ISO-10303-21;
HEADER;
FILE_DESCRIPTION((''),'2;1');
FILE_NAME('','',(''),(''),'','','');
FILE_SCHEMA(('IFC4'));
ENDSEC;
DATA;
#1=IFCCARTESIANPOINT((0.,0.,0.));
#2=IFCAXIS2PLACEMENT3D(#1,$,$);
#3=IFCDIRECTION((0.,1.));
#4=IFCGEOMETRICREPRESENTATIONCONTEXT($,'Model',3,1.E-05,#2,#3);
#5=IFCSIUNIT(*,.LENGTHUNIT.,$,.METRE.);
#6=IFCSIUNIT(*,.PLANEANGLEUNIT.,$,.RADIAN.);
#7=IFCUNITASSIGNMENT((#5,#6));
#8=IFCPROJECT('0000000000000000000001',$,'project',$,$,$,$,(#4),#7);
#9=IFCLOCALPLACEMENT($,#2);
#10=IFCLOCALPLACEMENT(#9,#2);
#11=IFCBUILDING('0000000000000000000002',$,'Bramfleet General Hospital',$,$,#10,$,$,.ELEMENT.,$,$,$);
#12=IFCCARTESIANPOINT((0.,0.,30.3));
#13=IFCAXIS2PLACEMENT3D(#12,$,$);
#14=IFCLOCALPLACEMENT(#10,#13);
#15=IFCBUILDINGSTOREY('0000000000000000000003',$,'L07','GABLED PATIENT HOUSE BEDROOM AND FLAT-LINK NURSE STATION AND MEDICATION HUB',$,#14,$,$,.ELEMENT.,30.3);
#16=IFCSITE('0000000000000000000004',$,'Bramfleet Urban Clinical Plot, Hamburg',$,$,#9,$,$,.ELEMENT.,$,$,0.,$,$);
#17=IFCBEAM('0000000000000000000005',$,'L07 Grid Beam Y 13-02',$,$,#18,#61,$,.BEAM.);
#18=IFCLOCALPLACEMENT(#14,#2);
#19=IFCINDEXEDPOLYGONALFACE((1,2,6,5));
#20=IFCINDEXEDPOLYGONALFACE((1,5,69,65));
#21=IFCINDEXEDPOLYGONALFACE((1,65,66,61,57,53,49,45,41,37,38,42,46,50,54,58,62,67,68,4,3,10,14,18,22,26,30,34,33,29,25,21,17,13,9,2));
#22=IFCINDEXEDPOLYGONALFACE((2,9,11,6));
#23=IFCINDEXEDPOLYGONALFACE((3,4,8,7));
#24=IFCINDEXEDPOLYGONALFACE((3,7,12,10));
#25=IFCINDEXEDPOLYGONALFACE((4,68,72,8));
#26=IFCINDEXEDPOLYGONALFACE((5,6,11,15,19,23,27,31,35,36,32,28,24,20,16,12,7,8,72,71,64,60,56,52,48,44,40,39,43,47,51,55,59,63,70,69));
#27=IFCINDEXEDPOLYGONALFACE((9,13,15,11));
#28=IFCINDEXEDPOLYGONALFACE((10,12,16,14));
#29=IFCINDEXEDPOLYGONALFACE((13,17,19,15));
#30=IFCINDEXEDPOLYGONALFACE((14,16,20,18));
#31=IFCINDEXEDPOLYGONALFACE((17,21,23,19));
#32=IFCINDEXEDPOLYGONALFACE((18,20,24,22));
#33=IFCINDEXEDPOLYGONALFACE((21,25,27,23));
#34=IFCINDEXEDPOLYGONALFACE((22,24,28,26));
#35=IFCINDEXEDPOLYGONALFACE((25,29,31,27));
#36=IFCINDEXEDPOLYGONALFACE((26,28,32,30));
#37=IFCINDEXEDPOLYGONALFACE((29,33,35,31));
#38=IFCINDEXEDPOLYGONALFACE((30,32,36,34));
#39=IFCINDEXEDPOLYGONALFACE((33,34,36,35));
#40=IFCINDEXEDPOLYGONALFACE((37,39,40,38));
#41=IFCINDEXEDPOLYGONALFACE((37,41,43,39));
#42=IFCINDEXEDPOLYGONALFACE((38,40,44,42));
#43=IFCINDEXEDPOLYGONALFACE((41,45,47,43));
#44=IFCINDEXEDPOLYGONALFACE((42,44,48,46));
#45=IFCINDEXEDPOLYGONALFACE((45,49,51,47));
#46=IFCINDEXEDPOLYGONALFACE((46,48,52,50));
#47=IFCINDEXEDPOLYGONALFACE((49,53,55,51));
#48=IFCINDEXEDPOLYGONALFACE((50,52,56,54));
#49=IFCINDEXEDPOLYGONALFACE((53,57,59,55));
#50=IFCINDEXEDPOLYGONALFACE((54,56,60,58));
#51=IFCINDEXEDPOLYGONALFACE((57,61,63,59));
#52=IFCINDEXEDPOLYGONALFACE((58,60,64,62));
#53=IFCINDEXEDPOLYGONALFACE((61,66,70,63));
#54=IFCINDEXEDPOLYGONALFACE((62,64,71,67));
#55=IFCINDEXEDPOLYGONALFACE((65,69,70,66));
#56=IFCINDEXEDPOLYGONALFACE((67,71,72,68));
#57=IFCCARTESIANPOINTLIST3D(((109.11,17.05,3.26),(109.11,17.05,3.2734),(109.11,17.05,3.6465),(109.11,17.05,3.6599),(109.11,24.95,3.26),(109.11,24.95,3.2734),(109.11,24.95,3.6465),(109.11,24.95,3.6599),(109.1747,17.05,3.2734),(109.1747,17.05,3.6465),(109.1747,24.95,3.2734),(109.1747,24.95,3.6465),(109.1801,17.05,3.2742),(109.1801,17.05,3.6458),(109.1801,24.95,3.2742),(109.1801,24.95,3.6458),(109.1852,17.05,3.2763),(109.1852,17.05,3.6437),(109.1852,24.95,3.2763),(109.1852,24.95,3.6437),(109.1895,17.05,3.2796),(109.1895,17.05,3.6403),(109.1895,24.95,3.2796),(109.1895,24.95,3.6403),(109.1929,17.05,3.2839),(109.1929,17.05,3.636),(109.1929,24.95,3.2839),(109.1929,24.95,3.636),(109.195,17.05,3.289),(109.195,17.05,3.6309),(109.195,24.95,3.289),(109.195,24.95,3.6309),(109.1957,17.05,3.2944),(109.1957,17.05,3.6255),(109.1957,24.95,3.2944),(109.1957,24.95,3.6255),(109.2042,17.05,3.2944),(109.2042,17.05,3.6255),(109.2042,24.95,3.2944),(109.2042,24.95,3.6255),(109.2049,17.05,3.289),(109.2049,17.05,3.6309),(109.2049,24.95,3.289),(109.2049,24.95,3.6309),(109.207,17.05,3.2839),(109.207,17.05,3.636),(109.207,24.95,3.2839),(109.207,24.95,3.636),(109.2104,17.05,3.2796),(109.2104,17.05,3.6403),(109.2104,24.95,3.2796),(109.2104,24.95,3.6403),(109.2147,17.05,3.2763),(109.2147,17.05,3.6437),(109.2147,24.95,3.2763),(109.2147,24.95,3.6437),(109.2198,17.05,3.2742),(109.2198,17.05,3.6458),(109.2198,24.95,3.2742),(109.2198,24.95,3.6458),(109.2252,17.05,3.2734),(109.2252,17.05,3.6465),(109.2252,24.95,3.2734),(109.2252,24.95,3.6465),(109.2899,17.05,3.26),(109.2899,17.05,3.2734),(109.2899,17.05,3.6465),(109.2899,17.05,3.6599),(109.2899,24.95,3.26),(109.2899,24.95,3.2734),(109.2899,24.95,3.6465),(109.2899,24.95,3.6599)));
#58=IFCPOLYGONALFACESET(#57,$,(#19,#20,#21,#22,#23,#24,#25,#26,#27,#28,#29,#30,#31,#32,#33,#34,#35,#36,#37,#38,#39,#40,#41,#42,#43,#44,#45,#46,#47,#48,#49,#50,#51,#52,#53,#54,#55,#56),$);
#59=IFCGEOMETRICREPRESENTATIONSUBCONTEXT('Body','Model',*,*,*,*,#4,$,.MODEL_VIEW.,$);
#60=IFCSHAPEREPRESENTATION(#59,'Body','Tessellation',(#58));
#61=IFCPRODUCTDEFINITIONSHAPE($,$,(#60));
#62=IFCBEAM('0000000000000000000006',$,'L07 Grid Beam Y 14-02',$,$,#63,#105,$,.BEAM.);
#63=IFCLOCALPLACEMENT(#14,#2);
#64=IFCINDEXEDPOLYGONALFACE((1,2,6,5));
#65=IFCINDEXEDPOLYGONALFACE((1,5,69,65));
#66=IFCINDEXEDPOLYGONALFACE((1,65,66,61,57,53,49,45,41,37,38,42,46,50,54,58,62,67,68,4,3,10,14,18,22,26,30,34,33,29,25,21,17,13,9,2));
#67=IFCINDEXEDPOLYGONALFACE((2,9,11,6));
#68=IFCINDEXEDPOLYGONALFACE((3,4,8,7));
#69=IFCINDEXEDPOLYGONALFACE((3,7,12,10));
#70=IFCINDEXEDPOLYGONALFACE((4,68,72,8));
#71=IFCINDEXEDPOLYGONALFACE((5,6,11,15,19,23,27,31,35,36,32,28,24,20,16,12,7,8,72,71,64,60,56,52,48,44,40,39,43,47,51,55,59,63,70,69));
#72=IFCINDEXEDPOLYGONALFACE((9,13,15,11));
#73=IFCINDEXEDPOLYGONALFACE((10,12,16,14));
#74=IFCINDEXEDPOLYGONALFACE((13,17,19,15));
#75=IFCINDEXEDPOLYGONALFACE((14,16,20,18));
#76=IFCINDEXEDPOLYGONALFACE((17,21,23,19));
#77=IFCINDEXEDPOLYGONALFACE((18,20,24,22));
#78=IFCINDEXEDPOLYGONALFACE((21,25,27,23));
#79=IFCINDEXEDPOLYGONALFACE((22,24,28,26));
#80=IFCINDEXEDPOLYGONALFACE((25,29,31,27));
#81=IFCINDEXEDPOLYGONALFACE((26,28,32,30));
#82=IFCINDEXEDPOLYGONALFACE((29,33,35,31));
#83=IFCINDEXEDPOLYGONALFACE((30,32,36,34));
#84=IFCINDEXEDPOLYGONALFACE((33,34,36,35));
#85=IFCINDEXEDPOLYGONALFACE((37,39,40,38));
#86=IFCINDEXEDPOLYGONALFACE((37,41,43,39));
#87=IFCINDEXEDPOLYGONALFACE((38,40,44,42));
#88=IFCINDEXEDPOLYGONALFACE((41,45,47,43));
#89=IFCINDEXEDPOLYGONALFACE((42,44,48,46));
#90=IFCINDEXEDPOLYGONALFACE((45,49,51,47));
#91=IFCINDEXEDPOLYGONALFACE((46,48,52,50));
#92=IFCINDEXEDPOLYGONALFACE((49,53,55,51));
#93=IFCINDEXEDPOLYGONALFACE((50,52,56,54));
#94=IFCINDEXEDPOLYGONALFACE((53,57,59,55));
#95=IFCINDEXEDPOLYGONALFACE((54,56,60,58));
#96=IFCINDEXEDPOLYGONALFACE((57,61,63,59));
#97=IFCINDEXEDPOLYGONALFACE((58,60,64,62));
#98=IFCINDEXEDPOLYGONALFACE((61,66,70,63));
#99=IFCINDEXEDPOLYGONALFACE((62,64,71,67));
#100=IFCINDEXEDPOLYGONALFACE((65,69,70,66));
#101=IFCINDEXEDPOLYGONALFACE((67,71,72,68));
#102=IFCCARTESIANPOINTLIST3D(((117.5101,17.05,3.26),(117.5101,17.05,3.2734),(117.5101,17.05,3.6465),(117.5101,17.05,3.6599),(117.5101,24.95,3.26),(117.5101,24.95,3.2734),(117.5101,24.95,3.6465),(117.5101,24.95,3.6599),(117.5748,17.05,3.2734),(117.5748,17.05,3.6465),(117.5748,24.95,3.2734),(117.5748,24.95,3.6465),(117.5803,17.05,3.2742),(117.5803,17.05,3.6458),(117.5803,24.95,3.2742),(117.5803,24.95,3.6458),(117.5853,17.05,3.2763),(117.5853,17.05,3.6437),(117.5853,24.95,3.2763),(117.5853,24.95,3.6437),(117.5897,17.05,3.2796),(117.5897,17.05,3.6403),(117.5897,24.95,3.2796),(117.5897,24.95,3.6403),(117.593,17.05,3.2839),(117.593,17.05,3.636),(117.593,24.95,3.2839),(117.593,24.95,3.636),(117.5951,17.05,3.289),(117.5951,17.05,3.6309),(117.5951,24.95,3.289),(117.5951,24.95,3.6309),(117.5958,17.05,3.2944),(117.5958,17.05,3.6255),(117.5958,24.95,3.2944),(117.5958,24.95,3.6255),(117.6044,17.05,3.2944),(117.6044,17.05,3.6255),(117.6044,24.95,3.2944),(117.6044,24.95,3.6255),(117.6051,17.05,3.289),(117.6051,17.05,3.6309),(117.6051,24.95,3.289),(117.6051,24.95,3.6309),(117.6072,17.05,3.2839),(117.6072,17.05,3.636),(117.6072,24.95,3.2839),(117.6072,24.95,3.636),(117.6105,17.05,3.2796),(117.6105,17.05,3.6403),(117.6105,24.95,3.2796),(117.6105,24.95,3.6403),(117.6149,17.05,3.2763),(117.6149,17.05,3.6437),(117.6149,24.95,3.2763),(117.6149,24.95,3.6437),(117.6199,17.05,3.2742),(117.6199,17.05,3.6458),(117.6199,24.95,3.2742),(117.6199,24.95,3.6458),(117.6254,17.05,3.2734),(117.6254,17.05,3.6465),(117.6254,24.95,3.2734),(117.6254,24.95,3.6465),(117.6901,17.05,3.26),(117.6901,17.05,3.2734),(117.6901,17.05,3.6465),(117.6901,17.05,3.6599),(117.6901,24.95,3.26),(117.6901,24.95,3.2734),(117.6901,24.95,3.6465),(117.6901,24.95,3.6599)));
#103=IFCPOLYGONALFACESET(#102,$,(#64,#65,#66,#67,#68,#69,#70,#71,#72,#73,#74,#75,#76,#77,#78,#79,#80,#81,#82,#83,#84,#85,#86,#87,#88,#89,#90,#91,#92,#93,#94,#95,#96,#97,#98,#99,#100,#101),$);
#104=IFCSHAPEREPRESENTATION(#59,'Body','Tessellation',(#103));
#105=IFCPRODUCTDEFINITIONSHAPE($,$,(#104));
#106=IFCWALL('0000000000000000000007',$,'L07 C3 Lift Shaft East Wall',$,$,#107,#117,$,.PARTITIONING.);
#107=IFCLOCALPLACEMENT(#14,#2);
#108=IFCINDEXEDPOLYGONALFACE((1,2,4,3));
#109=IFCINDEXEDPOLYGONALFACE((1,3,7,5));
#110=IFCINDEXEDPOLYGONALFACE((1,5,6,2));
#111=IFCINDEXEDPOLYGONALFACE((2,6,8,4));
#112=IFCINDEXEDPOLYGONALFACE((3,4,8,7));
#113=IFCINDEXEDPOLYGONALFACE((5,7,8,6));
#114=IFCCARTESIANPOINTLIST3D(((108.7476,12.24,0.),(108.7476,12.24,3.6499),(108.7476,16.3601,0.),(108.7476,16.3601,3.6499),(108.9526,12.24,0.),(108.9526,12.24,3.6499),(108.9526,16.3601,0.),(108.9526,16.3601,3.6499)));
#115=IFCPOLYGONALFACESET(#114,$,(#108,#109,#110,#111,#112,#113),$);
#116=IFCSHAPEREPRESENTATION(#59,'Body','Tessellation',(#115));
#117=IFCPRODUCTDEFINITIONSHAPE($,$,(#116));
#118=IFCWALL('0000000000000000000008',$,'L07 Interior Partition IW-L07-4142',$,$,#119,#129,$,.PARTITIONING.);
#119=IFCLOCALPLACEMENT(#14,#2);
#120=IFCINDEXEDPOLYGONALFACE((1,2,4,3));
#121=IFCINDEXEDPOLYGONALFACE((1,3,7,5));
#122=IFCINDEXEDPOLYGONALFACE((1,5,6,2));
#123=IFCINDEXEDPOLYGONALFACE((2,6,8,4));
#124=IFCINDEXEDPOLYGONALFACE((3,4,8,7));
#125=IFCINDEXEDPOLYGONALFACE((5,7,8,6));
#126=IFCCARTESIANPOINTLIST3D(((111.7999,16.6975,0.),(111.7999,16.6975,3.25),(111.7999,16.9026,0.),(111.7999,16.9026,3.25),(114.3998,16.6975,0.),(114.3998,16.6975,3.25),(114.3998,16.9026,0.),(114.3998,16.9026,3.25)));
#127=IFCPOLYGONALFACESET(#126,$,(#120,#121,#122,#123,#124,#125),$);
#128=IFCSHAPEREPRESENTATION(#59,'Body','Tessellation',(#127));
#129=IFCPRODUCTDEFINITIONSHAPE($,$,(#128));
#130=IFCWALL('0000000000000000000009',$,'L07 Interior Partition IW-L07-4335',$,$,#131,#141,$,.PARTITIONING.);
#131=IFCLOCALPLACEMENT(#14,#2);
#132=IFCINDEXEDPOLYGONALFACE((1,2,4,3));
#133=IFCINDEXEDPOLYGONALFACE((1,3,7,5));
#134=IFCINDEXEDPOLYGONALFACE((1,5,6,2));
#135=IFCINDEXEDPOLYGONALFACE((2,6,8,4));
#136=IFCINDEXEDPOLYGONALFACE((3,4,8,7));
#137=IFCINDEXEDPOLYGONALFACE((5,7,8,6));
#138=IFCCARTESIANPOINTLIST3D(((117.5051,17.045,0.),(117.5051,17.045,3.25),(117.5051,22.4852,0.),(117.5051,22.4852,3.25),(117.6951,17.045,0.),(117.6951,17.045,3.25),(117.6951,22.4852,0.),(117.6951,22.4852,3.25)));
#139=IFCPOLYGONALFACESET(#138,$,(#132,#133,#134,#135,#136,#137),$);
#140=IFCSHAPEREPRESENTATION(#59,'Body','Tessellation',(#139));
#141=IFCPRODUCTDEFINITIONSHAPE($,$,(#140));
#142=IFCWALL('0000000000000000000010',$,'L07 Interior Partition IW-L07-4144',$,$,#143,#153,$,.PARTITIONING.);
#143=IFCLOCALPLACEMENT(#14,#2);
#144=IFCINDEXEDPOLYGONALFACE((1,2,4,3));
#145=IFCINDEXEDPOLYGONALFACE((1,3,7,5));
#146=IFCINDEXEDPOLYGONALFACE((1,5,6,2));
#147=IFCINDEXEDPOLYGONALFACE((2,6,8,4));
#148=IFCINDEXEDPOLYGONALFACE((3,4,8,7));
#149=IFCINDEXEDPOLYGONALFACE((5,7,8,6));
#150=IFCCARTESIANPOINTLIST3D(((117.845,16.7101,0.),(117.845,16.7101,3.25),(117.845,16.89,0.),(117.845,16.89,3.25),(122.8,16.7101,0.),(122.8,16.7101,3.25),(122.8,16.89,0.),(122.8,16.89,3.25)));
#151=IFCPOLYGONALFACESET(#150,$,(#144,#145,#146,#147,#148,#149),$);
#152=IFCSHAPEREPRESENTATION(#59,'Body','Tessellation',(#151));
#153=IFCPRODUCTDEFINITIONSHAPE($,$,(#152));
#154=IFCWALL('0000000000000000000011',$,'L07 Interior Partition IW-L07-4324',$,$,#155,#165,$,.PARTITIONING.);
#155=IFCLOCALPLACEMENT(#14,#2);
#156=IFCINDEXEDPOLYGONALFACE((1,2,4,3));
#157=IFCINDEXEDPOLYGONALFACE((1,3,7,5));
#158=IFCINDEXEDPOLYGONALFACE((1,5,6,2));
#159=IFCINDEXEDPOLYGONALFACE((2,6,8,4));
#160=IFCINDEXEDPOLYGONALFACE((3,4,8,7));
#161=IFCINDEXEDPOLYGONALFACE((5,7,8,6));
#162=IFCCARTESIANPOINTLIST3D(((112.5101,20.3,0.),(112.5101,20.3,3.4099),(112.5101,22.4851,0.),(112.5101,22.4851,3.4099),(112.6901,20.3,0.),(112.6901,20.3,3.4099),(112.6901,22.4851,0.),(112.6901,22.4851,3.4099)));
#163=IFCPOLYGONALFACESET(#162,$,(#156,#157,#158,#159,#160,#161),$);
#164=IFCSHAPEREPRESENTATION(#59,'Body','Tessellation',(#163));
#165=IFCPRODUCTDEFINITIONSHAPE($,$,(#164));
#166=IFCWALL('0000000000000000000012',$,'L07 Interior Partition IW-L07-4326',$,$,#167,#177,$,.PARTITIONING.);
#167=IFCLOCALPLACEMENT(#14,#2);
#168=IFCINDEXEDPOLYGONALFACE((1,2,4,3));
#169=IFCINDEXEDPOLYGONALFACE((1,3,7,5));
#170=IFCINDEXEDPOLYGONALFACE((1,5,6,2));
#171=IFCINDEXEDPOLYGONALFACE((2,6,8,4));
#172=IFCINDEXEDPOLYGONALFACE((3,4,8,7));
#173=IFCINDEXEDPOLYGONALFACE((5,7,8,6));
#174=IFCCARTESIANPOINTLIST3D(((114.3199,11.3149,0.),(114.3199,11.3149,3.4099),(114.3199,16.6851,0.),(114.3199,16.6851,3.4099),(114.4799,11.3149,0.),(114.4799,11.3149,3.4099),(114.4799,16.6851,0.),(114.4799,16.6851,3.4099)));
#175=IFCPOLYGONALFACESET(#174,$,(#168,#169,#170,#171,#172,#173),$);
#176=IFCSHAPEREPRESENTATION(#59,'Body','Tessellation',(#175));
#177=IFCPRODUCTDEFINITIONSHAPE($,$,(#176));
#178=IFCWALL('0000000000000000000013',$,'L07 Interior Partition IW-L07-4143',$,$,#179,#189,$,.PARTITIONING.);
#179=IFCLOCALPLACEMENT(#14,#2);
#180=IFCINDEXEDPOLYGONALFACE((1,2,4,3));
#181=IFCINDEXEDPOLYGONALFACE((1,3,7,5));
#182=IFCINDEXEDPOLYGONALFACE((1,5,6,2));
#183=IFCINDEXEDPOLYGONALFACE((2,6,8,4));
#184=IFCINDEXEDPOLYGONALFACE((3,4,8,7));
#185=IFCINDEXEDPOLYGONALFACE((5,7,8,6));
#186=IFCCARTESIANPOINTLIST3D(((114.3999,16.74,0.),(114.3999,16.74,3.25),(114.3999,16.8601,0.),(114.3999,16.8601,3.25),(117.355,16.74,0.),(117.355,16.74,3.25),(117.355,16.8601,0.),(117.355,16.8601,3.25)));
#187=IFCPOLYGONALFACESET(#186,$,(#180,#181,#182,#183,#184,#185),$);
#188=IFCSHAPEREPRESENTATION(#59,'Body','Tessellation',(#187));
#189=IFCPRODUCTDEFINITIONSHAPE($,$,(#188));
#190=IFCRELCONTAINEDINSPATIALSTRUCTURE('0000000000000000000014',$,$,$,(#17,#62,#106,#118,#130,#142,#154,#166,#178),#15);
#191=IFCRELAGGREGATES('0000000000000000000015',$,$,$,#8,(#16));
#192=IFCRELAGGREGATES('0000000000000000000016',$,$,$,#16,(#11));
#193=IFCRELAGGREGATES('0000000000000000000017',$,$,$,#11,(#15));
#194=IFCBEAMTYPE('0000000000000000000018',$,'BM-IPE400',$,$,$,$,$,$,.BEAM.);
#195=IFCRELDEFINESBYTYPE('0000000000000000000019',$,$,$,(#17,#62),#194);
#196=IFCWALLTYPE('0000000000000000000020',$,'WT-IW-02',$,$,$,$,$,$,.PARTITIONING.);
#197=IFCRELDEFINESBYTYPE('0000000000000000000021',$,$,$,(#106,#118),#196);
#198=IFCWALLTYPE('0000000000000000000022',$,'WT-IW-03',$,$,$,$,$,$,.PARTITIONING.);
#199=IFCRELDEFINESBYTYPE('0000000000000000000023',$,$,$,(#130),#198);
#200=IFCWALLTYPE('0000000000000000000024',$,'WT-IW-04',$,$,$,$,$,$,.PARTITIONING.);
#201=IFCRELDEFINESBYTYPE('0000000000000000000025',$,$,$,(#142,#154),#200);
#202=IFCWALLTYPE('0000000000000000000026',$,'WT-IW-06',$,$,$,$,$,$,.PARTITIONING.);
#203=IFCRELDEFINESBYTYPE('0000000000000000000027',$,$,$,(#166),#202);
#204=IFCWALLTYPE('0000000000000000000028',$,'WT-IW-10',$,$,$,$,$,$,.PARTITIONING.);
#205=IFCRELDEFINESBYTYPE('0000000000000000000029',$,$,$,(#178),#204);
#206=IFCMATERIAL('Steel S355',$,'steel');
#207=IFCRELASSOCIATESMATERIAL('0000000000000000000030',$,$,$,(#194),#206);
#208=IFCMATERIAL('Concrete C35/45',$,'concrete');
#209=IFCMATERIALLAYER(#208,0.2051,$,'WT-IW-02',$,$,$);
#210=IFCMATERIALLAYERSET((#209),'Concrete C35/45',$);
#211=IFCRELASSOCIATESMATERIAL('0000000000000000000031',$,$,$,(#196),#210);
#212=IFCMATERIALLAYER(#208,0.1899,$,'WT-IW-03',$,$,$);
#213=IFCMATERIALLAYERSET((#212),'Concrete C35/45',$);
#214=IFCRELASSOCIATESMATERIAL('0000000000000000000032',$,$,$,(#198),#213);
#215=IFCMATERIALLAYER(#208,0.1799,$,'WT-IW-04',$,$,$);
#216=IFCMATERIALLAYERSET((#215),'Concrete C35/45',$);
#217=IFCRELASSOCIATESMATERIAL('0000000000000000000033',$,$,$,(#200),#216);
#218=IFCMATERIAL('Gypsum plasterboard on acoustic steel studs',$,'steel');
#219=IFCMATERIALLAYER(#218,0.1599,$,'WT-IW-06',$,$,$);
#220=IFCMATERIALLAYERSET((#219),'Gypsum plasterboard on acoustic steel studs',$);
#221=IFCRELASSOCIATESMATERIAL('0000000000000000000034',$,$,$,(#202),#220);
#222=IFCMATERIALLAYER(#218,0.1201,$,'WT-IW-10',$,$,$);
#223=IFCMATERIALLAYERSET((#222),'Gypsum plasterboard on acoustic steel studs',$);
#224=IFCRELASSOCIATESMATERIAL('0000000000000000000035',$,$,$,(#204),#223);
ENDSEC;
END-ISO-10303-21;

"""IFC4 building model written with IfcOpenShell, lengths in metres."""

from ifc_helpers import new_model, si_unit, direction, frame, frame_2d, origin, origin_2d, place, context, subcontext, project, spatial, rectangle, i_section, extrude, material, layer, layer_set, material_profile, profile_set, type_object, element, save


model = new_model("IFC4")

# Units and contexts
model_context = context("Model", 3, precision=1e-05, world=origin(), true_north=direction((0.0, 1.0)))
body_context = subcontext(model_context, "Body", "Model", "MODEL_VIEW")
ifc_project = project(units=[si_unit("LENGTHUNIT", "METRE"), si_unit("PLANEANGLEUNIT", "RADIAN")], contexts=[model_context])

# Site, building, storey
site_placement = place(None, origin())
site = spatial("IfcSite", under=ifc_project, at=site_placement, Name="Bramfleet Urban Clinical Plot, Hamburg", CompositionType="ELEMENT", RefElevation=0.0)
building_placement = place(site_placement, origin())
building = spatial("IfcBuilding", under=site, at=building_placement, Name="Bramfleet General Hospital", CompositionType="ELEMENT")
storey_placement = place(building_placement, frame((0.0, 0.0, 30.3)))
storey = spatial("IfcBuildingStorey", under=building, at=storey_placement, Name="L07", Description="GABLED PATIENT HOUSE BEDROOM AND FLAT-LINK NURSE STATION AND MEDICATION HUB", CompositionType="ELEMENT", Elevation=30.3)

# Beams
ifc_material_1 = material(Name="Steel S355", Category="steel")
ifc_material_profile_1 = material_profile(ifc_material_1, i_section(OverallWidth=0.1799, OverallDepth=0.3999, WebThickness=0.0085, FlangeThickness=0.0134, FilletRadius=0.021, at=origin_2d()), Name="IPE 400")
ifc_profile_set_1 = profile_set([ifc_material_profile_1], Name="Steel S355")
beam_type_1 = type_object("IfcBeamType", Name="BM-IPE400", PredefinedType="BEAM", material=ifc_profile_set_1)
for number, where, z_axis, x_axis, name in (
    (1, (109.2, 17.05, 3.46), (0.0, 1.0, 0.0), (-1.0, 0.0, 0.0), "L07 Grid Beam Y 13-02"),
    (2, (117.6001, 17.05, 3.46), (0.0, 1.0, 0.0), (-1.0, 0.0, 0.0), "L07 Grid Beam Y 14-02"),
):
    element("IfcBeam", number, at=place(storey_placement, frame(where, z_axis=z_axis, x_axis=x_axis)), inside=storey, type_object=beam_type_1, Name=name, PredefinedType="BEAM", context=body_context, shape_type="SweptSolid", body=[
        extrude(i_section(OverallWidth=0.1799, OverallDepth=0.3999, WebThickness=0.0085, FlangeThickness=0.0134, FilletRadius=0.021, at=origin_2d()), origin(), (0.0, 0.0, 1.0), 7.8999),
    ])

# Walls
ifc_material_2 = material(Name="Concrete C35/45", Category="concrete")
ifc_layer_1 = layer(ifc_material_2, 0.2051, Name="WT-IW-02")
ifc_layer_set_1 = layer_set([ifc_layer_1], Name="Concrete C35/45")
wall_type_1 = type_object("IfcWallType", Name="WT-IW-02", PredefinedType="PARTITIONING", material=ifc_layer_set_1)
wall_1_placement = place(storey_placement, frame((108.8501, 12.24, 0.0), z_axis=(0.0, 0.0, 1.0), x_axis=(0.0, 1.0, 0.0)))
element("IfcWall", 3, at=wall_1_placement, inside=storey, type_object=wall_type_1, Name="L07 C3 Lift Shaft East Wall", PredefinedType="PARTITIONING", context=body_context, shape_type="SweptSolid", body=[
    extrude(rectangle(XDim=4.1201, YDim=0.2051, at=frame_2d((2.0601, 0.0))), origin(), (0.0, 0.0, 1.0), 3.6499),
])
wall_2_placement = place(storey_placement, frame((111.8, 16.8, 0.0), z_axis=(0.0, 0.0, 1.0), x_axis=(1.0, 0.0, 0.0)))
element("IfcWall", 4, at=wall_2_placement, inside=storey, type_object=wall_type_1, Name="L07 Interior Partition IW-L07-4142", PredefinedType="PARTITIONING", context=body_context, shape_type="SweptSolid", body=[
    extrude(rectangle(XDim=2.5999, YDim=0.2051, at=frame_2d((1.2998, 0.0))), origin(), (0.0, 0.0, 1.0), 3.25),
])
ifc_layer_2 = layer(ifc_material_2, 0.1899, Name="WT-IW-03")
ifc_layer_set_2 = layer_set([ifc_layer_2], Name="Concrete C35/45")
wall_type_2 = type_object("IfcWallType", Name="WT-IW-03", PredefinedType="PARTITIONING", material=ifc_layer_set_2)
wall_3_placement = place(storey_placement, frame((117.6001, 17.0449, 0.0), z_axis=(0.0, 0.0, 1.0), x_axis=(0.0, 1.0, 0.0)))
element("IfcWall", 5, at=wall_3_placement, inside=storey, type_object=wall_type_2, Name="L07 Interior Partition IW-L07-4335", PredefinedType="PARTITIONING", context=body_context, shape_type="SweptSolid", body=[
    extrude(rectangle(XDim=5.4402, YDim=0.1899, at=frame_2d((2.7202, 0.0))), origin(), (0.0, 0.0, 1.0), 3.25),
])
ifc_layer_3 = layer(ifc_material_2, 0.1799, Name="WT-IW-04")
ifc_layer_set_3 = layer_set([ifc_layer_3], Name="Concrete C35/45")
wall_type_3 = type_object("IfcWallType", Name="WT-IW-04", PredefinedType="PARTITIONING", material=ifc_layer_set_3)
wall_4_placement = place(storey_placement, frame((117.845, 16.8, 0.0), z_axis=(0.0, 0.0, 1.0), x_axis=(1.0, 0.0, 0.0)))
element("IfcWall", 6, at=wall_4_placement, inside=storey, type_object=wall_type_3, Name="L07 Interior Partition IW-L07-4144", PredefinedType="PARTITIONING", context=body_context, shape_type="SweptSolid", body=[
    extrude(rectangle(XDim=4.9551, YDim=0.1799, at=frame_2d((2.4775, 0.0))), origin(), (0.0, 0.0, 1.0), 3.25),
])
wall_5_placement = place(storey_placement, frame((112.6001, 20.3, 0.0), z_axis=(0.0, 0.0, 1.0), x_axis=(0.0, 1.0, 0.0)))
element("IfcWall", 7, at=wall_5_placement, inside=storey, type_object=wall_type_3, Name="L07 Interior Partition IW-L07-4324", PredefinedType="PARTITIONING", context=body_context, shape_type="SweptSolid", body=[
    extrude(rectangle(XDim=2.1851, YDim=0.1799, at=frame_2d((1.0925, 0.0))), origin(), (0.0, 0.0, 1.0), 3.4099),
])
ifc_material_3 = material(Name="Gypsum plasterboard on acoustic steel studs", Category="steel")
ifc_layer_4 = layer(ifc_material_3, 0.1599, Name="WT-IW-06")
ifc_layer_set_4 = layer_set([ifc_layer_4], Name="Gypsum plasterboard on acoustic steel studs")
wall_type_4 = type_object("IfcWallType", Name="WT-IW-06", PredefinedType="PARTITIONING", material=ifc_layer_set_4)
wall_6_placement = place(storey_placement, frame((114.3999, 11.3149, 0.0), z_axis=(0.0, 0.0, 1.0), x_axis=(0.0, 1.0, 0.0)))
element("IfcWall", 8, at=wall_6_placement, inside=storey, type_object=wall_type_4, Name="L07 Interior Partition IW-L07-4326", PredefinedType="PARTITIONING", context=body_context, shape_type="SweptSolid", body=[
    extrude(rectangle(XDim=5.3701, YDim=0.1599, at=frame_2d((2.6851, 0.0))), origin(), (0.0, 0.0, 1.0), 3.4099),
])
ifc_layer_5 = layer(ifc_material_3, 0.1201, Name="WT-IW-10")
ifc_layer_set_5 = layer_set([ifc_layer_5], Name="Gypsum plasterboard on acoustic steel studs")
wall_type_5 = type_object("IfcWallType", Name="WT-IW-10", PredefinedType="PARTITIONING", material=ifc_layer_set_5)
wall_7_placement = place(storey_placement, frame((114.3999, 16.8, 0.0), z_axis=(0.0, 0.0, 1.0), x_axis=(1.0, 0.0, 0.0)))
element("IfcWall", 9, at=wall_7_placement, inside=storey, type_object=wall_type_5, Name="L07 Interior Partition IW-L07-4143", PredefinedType="PARTITIONING", context=body_context, shape_type="SweptSolid", body=[
    extrude(rectangle(XDim=2.9551, YDim=0.1201, at=frame_2d((1.4775, 0.0))), origin(), (0.0, 0.0, 1.0), 3.25),
])

save(model, "model.ifc")
